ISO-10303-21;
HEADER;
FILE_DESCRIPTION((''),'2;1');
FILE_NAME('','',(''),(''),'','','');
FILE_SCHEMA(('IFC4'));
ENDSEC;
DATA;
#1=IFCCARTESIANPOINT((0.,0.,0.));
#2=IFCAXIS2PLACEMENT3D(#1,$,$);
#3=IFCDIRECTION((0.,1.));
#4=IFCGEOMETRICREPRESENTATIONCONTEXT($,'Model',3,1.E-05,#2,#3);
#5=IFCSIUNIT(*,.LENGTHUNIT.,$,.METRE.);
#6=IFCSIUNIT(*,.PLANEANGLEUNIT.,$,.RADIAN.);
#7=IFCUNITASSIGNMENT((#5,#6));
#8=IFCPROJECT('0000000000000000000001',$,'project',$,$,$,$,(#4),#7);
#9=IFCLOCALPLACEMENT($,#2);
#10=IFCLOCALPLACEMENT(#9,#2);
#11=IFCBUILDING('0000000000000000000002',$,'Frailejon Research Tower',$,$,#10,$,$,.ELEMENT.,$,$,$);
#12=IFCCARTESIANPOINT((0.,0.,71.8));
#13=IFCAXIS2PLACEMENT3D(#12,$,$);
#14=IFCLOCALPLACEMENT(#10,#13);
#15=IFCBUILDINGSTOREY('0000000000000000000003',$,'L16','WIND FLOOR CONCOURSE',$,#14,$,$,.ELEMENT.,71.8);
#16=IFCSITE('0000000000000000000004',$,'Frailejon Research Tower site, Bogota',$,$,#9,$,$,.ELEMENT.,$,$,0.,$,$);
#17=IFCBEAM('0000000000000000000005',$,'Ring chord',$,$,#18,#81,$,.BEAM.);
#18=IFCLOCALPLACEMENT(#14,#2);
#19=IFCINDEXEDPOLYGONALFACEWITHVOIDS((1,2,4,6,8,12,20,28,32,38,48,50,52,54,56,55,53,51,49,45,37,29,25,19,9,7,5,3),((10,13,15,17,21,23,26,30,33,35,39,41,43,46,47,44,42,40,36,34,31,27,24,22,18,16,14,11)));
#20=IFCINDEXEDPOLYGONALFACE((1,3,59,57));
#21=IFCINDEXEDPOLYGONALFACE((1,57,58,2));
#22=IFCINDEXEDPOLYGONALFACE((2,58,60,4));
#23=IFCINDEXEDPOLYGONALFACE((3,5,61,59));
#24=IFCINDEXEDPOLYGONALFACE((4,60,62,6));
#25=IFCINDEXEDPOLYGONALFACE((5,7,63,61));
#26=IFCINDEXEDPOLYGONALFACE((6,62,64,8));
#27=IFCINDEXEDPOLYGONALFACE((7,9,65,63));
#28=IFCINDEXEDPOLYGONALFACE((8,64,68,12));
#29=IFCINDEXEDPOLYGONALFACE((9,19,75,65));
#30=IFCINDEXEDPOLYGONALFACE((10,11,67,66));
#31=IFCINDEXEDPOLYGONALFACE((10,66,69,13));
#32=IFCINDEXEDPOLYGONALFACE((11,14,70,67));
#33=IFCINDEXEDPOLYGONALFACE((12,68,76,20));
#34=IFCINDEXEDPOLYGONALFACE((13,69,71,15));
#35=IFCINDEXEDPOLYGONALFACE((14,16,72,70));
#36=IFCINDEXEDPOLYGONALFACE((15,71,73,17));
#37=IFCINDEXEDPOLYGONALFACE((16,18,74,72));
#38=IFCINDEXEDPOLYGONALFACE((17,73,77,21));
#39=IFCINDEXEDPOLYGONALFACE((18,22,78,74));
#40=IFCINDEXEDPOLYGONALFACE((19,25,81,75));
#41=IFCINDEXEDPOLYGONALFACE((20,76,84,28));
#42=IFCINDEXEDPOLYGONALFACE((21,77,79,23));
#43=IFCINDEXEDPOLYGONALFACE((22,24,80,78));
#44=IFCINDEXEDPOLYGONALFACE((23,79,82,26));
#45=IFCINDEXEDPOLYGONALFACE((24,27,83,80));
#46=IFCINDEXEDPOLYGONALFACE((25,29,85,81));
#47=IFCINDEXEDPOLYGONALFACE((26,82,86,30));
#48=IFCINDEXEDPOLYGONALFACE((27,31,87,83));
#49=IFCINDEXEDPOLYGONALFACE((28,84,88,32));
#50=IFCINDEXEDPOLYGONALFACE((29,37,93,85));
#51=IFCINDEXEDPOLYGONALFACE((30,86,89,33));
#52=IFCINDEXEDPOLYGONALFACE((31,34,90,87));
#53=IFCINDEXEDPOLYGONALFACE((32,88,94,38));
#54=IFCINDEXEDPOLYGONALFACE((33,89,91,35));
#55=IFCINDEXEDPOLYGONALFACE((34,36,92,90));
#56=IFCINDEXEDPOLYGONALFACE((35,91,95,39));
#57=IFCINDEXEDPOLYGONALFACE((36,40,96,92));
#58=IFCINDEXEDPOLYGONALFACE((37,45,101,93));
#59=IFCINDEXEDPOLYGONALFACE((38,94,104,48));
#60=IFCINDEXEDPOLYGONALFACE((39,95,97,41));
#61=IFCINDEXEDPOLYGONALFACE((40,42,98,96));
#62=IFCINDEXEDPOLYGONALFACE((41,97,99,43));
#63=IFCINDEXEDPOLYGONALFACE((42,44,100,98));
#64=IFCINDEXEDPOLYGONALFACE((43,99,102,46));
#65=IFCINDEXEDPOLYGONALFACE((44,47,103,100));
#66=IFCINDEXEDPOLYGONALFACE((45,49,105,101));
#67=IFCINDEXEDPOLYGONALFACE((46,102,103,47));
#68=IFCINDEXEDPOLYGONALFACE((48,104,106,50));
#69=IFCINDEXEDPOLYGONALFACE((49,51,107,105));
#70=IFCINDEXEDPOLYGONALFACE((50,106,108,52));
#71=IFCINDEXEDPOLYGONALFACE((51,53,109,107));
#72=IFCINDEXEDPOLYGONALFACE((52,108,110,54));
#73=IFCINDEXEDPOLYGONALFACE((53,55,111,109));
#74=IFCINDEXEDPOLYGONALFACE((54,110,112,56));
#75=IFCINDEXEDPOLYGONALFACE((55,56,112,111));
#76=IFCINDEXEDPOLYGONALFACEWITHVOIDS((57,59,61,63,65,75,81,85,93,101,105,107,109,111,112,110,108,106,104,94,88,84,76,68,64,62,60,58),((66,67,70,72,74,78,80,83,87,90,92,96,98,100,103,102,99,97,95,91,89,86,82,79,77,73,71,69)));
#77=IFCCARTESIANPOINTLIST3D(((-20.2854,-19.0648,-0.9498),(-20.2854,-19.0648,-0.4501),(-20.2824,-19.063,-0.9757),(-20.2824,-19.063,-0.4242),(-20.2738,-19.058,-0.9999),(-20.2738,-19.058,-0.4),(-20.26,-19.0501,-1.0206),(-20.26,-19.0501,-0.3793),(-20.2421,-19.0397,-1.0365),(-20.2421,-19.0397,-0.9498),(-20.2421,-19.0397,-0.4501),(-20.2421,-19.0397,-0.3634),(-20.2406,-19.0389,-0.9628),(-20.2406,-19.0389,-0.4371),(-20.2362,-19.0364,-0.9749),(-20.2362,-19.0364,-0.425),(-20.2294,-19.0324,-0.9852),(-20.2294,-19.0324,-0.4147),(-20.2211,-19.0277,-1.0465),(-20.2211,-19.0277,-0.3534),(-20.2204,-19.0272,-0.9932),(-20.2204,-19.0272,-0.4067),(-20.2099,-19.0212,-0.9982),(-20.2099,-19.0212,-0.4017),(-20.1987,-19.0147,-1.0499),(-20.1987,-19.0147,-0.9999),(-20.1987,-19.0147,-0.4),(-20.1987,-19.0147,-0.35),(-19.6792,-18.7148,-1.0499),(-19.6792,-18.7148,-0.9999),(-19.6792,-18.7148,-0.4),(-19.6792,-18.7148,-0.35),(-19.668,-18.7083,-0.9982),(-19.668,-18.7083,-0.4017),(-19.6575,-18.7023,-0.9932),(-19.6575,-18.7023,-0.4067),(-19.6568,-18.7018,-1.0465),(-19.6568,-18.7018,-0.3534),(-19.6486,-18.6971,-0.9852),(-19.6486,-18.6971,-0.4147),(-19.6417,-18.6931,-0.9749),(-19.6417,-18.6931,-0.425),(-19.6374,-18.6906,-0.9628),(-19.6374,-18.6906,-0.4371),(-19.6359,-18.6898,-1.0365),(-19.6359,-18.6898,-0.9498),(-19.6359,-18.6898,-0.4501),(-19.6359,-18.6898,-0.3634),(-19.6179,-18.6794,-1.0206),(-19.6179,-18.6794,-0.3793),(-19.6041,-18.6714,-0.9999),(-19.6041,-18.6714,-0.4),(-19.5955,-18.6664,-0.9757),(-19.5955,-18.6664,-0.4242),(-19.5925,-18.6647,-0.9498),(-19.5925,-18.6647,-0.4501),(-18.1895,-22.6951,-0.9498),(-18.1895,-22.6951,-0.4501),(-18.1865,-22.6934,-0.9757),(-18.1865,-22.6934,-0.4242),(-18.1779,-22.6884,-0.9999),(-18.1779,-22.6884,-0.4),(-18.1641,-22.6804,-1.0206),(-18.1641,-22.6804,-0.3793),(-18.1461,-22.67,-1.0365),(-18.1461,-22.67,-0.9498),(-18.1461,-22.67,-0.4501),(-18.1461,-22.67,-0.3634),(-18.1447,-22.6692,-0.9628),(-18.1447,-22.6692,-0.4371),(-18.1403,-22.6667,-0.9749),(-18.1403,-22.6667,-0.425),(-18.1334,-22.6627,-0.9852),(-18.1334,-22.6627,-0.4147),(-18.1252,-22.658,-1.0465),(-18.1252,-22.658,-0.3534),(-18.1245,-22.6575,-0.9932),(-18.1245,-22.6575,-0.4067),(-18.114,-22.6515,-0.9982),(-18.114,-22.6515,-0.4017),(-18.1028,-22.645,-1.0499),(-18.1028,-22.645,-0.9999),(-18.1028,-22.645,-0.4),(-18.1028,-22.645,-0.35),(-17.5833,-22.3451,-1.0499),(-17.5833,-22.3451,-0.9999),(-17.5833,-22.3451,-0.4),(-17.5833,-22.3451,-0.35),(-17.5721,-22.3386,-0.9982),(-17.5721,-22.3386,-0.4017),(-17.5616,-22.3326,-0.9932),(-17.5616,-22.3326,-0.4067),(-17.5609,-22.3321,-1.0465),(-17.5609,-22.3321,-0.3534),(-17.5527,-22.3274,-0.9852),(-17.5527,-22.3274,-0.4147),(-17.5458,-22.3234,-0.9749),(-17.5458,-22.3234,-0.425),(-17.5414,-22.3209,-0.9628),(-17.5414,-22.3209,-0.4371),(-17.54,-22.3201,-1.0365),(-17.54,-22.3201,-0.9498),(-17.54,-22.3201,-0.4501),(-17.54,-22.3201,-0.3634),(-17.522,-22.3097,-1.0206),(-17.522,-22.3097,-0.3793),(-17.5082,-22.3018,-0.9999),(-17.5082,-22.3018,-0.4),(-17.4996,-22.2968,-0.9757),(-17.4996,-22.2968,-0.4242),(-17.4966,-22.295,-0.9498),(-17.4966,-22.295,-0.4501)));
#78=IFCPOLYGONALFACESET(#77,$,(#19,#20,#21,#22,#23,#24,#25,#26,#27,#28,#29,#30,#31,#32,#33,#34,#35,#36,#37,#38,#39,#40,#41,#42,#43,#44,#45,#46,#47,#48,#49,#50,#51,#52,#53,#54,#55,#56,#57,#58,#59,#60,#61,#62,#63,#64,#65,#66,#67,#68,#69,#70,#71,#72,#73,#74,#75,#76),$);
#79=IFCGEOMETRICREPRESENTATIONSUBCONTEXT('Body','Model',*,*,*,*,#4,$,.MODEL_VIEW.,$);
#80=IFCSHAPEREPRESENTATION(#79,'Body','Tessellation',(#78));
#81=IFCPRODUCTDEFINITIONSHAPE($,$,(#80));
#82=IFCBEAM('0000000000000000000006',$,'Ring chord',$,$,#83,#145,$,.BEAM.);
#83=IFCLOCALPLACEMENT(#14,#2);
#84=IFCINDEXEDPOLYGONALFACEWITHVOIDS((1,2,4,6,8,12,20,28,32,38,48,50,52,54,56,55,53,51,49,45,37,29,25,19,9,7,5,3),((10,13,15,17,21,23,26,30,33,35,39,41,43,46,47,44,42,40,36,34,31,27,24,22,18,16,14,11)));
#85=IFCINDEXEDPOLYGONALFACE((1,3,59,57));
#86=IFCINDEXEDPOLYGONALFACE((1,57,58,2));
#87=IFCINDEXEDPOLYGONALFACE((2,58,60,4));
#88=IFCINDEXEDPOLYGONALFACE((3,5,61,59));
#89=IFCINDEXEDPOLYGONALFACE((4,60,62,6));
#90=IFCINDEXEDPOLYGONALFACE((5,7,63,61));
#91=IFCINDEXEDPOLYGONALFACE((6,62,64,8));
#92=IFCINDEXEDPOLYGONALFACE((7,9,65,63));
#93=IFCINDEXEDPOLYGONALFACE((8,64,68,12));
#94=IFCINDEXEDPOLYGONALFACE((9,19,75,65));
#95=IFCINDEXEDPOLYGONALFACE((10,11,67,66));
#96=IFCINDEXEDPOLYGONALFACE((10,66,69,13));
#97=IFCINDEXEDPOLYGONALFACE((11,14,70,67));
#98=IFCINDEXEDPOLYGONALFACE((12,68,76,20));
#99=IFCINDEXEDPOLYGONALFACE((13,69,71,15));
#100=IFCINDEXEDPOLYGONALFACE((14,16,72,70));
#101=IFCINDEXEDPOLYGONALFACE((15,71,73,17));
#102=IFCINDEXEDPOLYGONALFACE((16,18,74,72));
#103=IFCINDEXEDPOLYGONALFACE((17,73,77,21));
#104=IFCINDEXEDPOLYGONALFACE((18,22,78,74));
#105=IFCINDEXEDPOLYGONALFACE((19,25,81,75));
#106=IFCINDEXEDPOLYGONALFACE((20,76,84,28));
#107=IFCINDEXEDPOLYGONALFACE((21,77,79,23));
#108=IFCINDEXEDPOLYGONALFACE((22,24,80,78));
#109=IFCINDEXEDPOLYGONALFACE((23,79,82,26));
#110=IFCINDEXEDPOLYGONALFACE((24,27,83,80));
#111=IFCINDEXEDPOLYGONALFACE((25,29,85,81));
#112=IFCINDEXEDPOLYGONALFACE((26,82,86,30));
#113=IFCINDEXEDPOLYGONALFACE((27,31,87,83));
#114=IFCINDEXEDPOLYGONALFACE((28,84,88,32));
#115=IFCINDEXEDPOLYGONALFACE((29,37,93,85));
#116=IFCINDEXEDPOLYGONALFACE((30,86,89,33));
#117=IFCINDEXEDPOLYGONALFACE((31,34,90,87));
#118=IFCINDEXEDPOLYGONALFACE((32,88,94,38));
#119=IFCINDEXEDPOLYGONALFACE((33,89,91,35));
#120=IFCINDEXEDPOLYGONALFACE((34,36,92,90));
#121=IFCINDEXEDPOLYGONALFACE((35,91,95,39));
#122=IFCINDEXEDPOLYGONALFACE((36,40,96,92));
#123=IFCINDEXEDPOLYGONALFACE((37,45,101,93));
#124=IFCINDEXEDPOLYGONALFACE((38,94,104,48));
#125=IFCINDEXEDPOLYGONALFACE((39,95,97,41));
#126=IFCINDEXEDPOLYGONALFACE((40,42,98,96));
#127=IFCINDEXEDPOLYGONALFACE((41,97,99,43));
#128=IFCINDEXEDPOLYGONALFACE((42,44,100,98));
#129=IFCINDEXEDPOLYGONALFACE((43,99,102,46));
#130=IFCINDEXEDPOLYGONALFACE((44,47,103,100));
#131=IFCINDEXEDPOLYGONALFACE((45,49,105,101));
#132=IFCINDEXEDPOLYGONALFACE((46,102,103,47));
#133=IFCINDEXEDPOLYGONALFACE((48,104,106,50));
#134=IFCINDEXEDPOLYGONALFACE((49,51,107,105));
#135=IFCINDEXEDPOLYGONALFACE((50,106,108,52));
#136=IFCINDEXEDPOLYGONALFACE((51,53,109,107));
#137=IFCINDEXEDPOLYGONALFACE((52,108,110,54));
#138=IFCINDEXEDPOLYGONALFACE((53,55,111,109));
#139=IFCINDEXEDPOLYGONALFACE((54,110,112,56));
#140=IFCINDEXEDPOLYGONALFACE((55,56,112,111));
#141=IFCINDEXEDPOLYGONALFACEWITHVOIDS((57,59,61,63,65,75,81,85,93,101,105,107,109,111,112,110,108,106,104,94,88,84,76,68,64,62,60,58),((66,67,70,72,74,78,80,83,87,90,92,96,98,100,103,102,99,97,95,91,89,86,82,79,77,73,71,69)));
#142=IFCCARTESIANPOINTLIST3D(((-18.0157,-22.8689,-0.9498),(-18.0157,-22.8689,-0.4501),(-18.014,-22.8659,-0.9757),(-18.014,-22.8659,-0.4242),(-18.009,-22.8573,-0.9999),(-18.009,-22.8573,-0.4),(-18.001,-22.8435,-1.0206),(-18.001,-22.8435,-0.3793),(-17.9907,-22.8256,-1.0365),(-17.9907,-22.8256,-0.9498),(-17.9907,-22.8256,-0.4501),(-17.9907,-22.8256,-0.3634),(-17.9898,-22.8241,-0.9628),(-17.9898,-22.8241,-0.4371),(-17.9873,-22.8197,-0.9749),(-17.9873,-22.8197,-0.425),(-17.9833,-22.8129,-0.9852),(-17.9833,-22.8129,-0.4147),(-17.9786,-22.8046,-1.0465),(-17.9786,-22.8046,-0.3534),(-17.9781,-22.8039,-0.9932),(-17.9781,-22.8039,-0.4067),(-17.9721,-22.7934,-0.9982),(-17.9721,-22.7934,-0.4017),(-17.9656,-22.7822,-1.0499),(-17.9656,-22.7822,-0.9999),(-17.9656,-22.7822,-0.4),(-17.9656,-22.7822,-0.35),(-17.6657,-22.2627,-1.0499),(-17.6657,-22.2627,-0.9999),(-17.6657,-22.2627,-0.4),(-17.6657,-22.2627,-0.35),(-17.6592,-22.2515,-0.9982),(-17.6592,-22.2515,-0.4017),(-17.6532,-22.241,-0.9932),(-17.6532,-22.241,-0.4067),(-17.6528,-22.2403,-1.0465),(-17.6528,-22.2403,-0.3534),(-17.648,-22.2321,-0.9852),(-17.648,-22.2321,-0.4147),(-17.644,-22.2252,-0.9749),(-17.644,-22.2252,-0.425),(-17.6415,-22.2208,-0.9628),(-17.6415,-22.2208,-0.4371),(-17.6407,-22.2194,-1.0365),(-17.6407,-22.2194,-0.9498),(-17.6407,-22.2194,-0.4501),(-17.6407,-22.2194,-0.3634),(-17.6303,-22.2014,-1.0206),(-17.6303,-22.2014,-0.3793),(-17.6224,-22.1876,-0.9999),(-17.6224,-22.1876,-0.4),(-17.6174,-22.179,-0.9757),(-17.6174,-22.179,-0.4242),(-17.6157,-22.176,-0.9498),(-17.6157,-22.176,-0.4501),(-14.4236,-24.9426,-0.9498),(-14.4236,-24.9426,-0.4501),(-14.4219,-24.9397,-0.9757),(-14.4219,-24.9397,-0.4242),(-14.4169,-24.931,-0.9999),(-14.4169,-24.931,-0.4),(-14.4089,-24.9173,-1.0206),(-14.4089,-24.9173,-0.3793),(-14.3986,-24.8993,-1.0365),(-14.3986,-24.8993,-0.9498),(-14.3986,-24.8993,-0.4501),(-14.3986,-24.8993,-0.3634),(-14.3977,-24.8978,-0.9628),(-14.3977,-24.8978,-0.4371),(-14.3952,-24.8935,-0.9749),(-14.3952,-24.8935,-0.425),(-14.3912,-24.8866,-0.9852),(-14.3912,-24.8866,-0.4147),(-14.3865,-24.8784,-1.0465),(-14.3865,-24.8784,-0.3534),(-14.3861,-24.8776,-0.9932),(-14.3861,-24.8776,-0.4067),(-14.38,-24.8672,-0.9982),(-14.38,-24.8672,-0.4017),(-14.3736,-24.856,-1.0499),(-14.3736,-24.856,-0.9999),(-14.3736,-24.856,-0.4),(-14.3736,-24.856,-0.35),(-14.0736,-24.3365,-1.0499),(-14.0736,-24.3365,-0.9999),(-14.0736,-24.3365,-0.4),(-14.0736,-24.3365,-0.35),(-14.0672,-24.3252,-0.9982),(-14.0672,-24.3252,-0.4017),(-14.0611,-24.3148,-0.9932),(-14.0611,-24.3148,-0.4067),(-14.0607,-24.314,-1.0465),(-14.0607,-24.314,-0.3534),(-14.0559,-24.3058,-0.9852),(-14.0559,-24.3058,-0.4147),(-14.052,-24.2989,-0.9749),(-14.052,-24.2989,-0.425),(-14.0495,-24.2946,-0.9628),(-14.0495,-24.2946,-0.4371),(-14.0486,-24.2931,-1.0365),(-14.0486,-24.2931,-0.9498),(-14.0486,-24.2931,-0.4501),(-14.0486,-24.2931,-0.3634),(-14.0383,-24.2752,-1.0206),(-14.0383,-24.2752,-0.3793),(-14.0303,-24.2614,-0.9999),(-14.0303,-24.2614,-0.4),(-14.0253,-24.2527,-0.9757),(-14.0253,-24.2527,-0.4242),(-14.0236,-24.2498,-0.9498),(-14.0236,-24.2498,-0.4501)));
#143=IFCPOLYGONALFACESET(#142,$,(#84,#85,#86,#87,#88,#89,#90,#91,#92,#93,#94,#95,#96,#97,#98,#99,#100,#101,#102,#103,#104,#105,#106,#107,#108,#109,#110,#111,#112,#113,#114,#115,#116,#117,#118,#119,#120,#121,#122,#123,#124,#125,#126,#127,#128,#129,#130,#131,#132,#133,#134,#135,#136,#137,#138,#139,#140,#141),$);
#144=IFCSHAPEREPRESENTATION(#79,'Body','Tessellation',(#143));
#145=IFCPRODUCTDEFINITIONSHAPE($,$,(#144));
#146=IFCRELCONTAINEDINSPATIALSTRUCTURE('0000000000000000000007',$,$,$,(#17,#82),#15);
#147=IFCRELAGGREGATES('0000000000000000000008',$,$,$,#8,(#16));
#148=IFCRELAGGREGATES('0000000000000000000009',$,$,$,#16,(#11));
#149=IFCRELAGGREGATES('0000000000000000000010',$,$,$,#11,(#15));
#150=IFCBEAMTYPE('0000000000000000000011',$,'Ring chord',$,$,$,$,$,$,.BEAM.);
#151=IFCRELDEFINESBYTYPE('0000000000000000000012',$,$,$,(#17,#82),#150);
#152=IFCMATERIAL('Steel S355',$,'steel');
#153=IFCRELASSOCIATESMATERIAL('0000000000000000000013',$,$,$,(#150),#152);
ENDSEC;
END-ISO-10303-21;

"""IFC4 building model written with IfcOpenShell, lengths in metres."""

from ifc_helpers import new_model, si_unit, direction, frame, origin, origin_2d, place, context, subcontext, project, spatial, hollow_rectangle, extrude, material, material_profile, profile_set, type_object, element, save


model = new_model("IFC4")

# Units and contexts
model_context = context("Model", 3, precision=1e-05, world=origin(), true_north=direction((0.0, 1.0)))
body_context = subcontext(model_context, "Body", "Model", "MODEL_VIEW")
ifc_project = project(units=[si_unit("LENGTHUNIT", "METRE"), si_unit("PLANEANGLEUNIT", "RADIAN")], contexts=[model_context])

# Site, building, storey
site_placement = place(None, origin())
site = spatial("IfcSite", under=ifc_project, at=site_placement, Name="Frailejon Research Tower site, Bogota", CompositionType="ELEMENT", RefElevation=0.0)
building_placement = place(site_placement, origin())
building = spatial("IfcBuilding", under=site, at=building_placement, Name="Frailejon Research Tower", CompositionType="ELEMENT")
storey_placement = place(building_placement, frame((0.0, 0.0, 71.8)))
storey = spatial("IfcBuildingStorey", under=building, at=storey_placement, Name="L16", Description="WIND FLOOR CONCOURSE", CompositionType="ELEMENT", Elevation=71.8)

# Beams
ifc_material_1 = material(Name="Steel S355", Category="steel")
ifc_material_profile_1 = material_profile(ifc_material_1, hollow_rectangle(XDim=0.8, YDim=0.7, WallThickness=0.05, InnerFilletRadius=0.05, OuterFilletRadius=0.1001, at=origin_2d()), Name="Ring chord")
ifc_profile_set_1 = profile_set([ifc_material_profile_1], Name="Steel S355")
beam_type_1 = type_object("IfcBeamType", Name="Ring chord", PredefinedType="BEAM", material=ifc_profile_set_1)
for number, where, z_axis, x_axis, name in (
    (1, (-19.939, -18.8647, -0.7), (0.499991, -0.86603, 0.0), (0.86603, 0.499991, 0.0), "Ring chord"),
):
    element("IfcBeam", number, at=place(storey_placement, frame(where, z_axis=z_axis, x_axis=x_axis)), inside=storey, type_object=beam_type_1, Name=name, PredefinedType="BEAM", context=body_context, shape_type="SweptSolid", body=[
        extrude(hollow_rectangle(XDim=0.8, YDim=0.7, WallThickness=0.05, InnerFilletRadius=0.05, OuterFilletRadius=0.1001, at=origin_2d()), origin(), (0.0, 0.0, 1.0), 4.1919),
    ])
for number, where, z_axis, x_axis, name in (
    (2, (-17.8157, -22.5225, -0.7), (0.86604, -0.499976, 0.0), (0.499976, 0.86604, 0.0), "Ring chord"),
):
    element("IfcBeam", number, at=place(storey_placement, frame(where, z_axis=z_axis, x_axis=x_axis)), inside=storey, type_object=beam_type_1, Name=name, PredefinedType="BEAM", context=body_context, shape_type="SweptSolid", body=[
        extrude(hollow_rectangle(XDim=0.8, YDim=0.7, WallThickness=0.05, InnerFilletRadius=0.05, OuterFilletRadius=0.1001, at=origin_2d()), origin(), (0.0, 0.0, 1.0), 4.1477),
    ])

save(model, "model.ifc")
